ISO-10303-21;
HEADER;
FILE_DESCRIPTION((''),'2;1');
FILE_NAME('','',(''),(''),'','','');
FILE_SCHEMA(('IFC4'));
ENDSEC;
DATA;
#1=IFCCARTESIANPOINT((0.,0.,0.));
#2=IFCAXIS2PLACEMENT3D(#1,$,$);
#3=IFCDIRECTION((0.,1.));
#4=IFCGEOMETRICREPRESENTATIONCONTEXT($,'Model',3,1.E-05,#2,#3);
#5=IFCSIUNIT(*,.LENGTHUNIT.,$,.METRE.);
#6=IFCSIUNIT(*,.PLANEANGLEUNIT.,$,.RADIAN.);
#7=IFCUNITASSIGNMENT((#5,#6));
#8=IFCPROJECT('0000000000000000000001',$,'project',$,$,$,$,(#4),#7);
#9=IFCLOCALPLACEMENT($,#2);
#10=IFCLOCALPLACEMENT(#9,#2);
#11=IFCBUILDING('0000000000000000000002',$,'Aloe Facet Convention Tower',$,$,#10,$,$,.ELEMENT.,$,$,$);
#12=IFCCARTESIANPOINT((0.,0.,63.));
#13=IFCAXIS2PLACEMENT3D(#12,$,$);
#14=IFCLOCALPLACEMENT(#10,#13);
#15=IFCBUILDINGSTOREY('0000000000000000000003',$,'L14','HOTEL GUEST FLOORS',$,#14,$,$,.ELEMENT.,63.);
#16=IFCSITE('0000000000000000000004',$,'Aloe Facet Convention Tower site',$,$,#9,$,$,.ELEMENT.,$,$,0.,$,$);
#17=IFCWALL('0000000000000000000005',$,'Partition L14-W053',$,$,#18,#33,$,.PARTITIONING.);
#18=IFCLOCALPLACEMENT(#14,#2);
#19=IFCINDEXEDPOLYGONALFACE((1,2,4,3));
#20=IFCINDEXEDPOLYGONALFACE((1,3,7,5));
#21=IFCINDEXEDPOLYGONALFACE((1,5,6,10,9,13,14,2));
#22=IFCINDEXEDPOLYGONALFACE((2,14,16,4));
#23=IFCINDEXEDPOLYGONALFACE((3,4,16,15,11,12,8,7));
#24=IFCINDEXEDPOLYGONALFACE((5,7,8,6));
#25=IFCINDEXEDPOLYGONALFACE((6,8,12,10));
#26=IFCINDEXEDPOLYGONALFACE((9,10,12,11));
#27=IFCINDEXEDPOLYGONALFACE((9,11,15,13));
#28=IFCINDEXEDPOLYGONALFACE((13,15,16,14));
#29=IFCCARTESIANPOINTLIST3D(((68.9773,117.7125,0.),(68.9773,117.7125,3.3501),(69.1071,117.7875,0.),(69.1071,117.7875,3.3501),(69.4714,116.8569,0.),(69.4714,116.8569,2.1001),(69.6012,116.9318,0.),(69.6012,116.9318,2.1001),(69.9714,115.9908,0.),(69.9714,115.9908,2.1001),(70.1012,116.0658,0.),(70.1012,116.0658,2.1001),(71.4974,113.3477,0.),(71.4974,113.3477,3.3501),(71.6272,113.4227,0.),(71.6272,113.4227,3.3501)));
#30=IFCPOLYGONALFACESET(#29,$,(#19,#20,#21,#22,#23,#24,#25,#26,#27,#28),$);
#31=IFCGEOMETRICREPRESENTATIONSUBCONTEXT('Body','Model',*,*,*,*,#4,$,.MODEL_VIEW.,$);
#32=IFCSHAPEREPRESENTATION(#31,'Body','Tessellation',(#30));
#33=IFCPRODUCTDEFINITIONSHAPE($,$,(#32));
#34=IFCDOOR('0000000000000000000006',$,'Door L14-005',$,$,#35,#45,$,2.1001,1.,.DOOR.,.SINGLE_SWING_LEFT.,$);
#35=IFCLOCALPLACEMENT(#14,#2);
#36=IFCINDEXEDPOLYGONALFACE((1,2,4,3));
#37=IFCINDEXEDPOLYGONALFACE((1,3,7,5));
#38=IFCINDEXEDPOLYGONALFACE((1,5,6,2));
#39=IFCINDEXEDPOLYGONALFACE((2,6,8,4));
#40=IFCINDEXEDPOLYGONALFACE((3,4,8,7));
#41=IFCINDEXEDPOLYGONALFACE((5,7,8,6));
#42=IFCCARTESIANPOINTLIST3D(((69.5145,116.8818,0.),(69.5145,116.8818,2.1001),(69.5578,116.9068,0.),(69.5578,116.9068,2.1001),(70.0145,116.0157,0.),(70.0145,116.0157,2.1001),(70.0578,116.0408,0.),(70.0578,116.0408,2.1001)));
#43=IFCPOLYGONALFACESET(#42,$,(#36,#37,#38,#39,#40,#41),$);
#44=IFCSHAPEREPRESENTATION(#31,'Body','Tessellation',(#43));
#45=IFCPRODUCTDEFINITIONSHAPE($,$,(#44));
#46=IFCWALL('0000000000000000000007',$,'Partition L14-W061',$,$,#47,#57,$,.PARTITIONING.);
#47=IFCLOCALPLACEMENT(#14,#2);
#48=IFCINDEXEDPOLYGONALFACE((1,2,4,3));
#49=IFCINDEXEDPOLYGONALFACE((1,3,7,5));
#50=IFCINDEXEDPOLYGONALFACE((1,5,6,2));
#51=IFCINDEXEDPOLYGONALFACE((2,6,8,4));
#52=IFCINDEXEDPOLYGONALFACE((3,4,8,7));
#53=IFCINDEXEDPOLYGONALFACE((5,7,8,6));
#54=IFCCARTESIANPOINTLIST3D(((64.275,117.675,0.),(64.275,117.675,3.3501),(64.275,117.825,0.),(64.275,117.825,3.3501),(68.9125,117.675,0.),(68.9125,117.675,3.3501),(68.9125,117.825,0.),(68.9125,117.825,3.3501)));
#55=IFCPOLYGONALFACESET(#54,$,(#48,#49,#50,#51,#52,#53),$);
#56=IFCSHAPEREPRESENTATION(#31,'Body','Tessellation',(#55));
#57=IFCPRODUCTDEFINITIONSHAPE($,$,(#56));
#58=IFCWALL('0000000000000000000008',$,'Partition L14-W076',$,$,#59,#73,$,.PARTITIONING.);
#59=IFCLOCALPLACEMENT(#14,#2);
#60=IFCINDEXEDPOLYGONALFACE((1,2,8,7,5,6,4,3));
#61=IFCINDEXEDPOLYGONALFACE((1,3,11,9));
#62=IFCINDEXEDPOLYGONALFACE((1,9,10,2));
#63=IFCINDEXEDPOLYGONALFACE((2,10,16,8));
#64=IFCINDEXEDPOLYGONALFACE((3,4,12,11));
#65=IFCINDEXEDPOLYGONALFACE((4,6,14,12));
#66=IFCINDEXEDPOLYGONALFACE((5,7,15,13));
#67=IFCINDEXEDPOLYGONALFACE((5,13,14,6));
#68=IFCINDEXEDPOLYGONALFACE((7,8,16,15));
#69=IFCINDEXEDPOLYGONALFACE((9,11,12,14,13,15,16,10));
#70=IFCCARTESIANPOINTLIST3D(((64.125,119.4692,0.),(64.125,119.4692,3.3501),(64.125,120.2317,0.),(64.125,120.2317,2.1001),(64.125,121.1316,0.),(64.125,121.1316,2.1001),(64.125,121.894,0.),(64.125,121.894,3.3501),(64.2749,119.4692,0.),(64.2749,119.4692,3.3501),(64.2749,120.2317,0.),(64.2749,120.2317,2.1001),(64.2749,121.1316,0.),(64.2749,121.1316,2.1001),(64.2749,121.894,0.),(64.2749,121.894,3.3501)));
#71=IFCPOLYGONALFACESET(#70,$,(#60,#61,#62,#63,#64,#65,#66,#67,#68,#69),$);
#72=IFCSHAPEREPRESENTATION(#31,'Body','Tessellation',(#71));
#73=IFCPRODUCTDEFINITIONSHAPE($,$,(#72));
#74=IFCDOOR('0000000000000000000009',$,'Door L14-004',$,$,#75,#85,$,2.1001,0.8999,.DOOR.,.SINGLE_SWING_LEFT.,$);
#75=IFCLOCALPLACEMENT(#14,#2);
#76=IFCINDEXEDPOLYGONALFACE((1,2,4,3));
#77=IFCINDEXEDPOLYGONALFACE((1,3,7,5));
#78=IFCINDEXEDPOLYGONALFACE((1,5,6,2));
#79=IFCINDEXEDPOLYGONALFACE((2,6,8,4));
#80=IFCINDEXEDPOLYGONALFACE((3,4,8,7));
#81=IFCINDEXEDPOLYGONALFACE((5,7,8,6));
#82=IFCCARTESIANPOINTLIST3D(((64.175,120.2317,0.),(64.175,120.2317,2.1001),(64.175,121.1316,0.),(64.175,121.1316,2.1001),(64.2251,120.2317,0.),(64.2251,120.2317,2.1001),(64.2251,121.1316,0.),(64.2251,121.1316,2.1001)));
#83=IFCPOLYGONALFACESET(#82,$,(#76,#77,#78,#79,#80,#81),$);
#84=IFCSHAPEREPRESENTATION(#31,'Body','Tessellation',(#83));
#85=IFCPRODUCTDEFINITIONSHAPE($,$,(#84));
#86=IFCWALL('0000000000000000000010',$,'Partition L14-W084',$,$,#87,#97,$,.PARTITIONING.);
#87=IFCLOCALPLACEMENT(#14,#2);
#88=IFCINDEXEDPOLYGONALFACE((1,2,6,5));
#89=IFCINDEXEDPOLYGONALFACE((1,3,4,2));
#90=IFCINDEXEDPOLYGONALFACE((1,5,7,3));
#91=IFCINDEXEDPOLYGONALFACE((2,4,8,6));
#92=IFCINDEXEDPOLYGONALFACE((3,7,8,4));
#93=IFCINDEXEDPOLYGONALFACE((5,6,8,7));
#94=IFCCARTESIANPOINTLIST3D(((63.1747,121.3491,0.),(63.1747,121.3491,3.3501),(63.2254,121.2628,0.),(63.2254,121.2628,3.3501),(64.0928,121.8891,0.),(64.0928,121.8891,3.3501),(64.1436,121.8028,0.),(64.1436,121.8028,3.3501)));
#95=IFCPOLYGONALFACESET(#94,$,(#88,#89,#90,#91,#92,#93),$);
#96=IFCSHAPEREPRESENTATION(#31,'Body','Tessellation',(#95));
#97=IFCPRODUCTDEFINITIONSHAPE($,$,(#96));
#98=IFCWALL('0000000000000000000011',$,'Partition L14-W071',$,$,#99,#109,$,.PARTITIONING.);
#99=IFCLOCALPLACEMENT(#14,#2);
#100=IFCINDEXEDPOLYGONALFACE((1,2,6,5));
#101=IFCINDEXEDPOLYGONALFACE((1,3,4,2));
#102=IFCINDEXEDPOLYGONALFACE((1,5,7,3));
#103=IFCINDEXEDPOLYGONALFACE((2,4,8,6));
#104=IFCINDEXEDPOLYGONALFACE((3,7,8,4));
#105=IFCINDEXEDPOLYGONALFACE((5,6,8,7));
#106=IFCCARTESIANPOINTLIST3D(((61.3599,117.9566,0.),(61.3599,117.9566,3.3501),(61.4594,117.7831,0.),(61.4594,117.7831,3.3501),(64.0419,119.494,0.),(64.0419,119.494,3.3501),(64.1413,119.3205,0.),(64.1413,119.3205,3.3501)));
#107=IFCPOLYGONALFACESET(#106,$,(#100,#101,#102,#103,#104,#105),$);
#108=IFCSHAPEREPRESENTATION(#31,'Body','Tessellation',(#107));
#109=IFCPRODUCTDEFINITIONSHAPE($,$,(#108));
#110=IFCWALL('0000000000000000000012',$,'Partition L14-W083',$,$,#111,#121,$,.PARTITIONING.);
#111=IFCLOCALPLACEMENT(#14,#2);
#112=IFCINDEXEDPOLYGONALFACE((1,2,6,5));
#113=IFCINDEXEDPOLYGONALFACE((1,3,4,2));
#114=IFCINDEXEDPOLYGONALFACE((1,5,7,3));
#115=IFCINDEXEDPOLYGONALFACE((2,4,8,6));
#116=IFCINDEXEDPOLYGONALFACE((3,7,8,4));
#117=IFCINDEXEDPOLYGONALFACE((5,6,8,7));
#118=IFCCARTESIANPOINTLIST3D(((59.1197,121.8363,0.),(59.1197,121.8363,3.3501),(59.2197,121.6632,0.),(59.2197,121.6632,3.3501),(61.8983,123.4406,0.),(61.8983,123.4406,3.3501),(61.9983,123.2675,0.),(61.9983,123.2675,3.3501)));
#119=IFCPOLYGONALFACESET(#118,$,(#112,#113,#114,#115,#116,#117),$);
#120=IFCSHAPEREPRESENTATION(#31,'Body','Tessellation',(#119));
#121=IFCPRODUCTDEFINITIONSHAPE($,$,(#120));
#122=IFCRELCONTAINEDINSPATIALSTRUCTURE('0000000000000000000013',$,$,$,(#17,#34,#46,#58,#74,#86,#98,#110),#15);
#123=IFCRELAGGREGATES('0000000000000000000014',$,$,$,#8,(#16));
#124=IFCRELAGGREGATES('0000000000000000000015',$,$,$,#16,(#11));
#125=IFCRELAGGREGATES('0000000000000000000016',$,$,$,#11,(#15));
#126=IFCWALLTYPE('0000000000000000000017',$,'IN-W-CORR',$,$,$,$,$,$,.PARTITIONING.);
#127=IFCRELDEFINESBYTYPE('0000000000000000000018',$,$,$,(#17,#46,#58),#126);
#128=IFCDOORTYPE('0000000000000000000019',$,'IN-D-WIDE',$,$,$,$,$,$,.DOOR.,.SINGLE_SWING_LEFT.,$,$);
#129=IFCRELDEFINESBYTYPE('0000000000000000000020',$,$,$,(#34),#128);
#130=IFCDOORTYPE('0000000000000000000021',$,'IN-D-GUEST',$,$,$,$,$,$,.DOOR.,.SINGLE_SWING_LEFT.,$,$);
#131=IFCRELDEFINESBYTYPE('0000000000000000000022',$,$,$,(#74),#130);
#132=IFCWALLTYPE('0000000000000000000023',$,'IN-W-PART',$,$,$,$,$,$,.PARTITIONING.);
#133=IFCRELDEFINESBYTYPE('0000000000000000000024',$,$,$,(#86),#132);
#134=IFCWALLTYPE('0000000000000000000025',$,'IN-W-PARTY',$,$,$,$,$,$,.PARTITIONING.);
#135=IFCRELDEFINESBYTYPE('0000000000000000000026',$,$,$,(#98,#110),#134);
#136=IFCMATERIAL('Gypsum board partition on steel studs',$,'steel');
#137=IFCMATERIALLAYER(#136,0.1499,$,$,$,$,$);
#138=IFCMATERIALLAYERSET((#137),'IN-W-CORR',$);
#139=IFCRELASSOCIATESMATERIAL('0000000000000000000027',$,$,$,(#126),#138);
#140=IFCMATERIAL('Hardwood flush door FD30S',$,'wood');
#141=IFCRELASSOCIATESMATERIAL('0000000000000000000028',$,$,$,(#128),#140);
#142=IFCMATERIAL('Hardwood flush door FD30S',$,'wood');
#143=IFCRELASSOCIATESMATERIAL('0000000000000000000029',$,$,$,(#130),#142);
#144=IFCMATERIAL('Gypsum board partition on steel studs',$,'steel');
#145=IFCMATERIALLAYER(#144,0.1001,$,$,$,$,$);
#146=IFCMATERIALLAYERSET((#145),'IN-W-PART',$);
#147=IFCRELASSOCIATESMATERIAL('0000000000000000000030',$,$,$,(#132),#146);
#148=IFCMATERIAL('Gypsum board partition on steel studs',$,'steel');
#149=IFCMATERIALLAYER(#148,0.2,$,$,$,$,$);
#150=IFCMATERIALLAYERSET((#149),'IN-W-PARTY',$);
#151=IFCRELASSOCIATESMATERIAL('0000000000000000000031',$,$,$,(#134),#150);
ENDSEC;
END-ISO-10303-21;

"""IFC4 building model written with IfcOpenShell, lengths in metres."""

from ifc_helpers import new_model, si_unit, direction, frame, frame_2d, origin, place, context, subcontext, project, spatial, rectangle, extrude, material, layer, layer_set, type_object, element, fill, save


model = new_model("IFC4")

# Units and contexts
model_context = context("Model", 3, precision=1e-05, world=origin(), true_north=direction((0.0, 1.0)))
body_context = subcontext(model_context, "Body", "Model", "MODEL_VIEW")
ifc_project = project(units=[si_unit("LENGTHUNIT", "METRE"), si_unit("PLANEANGLEUNIT", "RADIAN")], contexts=[model_context])

# Site, building, storey
site_placement = place(None, origin())
site = spatial("IfcSite", under=ifc_project, at=site_placement, Name="Aloe Facet Convention Tower site", CompositionType="ELEMENT", RefElevation=0.0)
building_placement = place(site_placement, origin())
building = spatial("IfcBuilding", under=site, at=building_placement, Name="Aloe Facet Convention Tower", CompositionType="ELEMENT")
storey_placement = place(building_placement, frame((0.0, 0.0, 63.0)))
storey = spatial("IfcBuildingStorey", under=building, at=storey_placement, Name="L14", Description="HOTEL GUEST FLOORS", CompositionType="ELEMENT", Elevation=63.0)

# Wall, opening, door
ifc_material_1 = material(Name="Gypsum board partition on steel studs", Category="steel")
ifc_layer_1 = layer(ifc_material_1, 0.1499)
ifc_layer_set_1 = layer_set([ifc_layer_1], Name="IN-W-CORR")
wall_type_1 = type_object("IfcWallType", Name="IN-W-CORR", PredefinedType="PARTITIONING", material=ifc_layer_set_1)
wall_1_placement = place(storey_placement, frame((69.0422, 117.75, 0.0), z_axis=(0.0, 0.0, 1.0), x_axis=(0.500005, -0.866023, 0.0)))
wall_1 = element("IfcWall", 1, at=wall_1_placement, inside=storey, type_object=wall_type_1, Name="Partition L14-W053", PredefinedType="PARTITIONING", context=body_context, shape_type="SweptSolid", body=[
    extrude(rectangle(XDim=5.04, YDim=0.1499, at=frame_2d((2.52, 0.0))), origin(), (0.0, 0.0, 1.0), 3.3501),
])
opening_1_placement = place(wall_1_placement, frame((0.988, 0.0, 0.0)))
opening_1 = element("IfcOpeningElement", 2, at=opening_1_placement, cuts=wall_1, PredefinedType="OPENING", context=body_context, shape_type="SweptSolid", body=[
    extrude(rectangle(XDim=1.0, YDim=2.1001, at=frame_2d((0.5, 1.05))), frame((0.0, 0.085, 0.0), z_axis=(0.0, -1.0, 0.0), x_axis=(1.0, 0.0, 0.0)), (0.0, 0.0, 1.0), 0.1699),
])
ifc_material_2 = material(Name="Hardwood flush door FD30S", Category="wood")
door_type_1 = type_object("IfcDoorType", Name="IN-D-WIDE", OperationType="SINGLE_SWING_LEFT", PredefinedType="DOOR", material=ifc_material_2)
door_1_placement = place(opening_1_placement, origin())
door_1 = element("IfcDoor", 3, at=door_1_placement, inside=storey, type_object=door_type_1, Name="Door L14-005", OperationType="SINGLE_SWING_LEFT", OverallHeight=2.1001, OverallWidth=1.0, PredefinedType="DOOR", context=body_context, shape_type="SweptSolid", body=[
    extrude(rectangle(XDim=1.0, YDim=2.1001, at=frame_2d((0.5, 1.05))), frame((0.0, 0.0249, 0.0), z_axis=(0.0, -1.0, 0.0), x_axis=(1.0, 0.0, 0.0)), (0.0, 0.0, 1.0), 0.05),
])
fill(opening_1, door_1)

# Wall
wall_2_placement = place(storey_placement, frame((64.2749, 117.75, 0.0), z_axis=(0.0, 0.0, 1.0), x_axis=(1.0, 0.0, 0.0)))
element("IfcWall", 4, at=wall_2_placement, inside=storey, type_object=wall_type_1, Name="Partition L14-W061", PredefinedType="PARTITIONING", context=body_context, shape_type="SweptSolid", body=[
    extrude(rectangle(XDim=4.6375, YDim=0.1499, at=frame_2d((2.3188, 0.0))), origin(), (0.0, 0.0, 1.0), 3.3501),
])

# Wall, opening, door
wall_3_placement = place(storey_placement, frame((64.2, 119.4692, 0.0), z_axis=(0.0, 0.0, 1.0), x_axis=(0.0, 1.0, 0.0)))
wall_3 = element("IfcWall", 5, at=wall_3_placement, inside=storey, type_object=wall_type_1, Name="Partition L14-W076", PredefinedType="PARTITIONING", context=body_context, shape_type="SweptSolid", body=[
    extrude(rectangle(XDim=2.4248, YDim=0.1499, at=frame_2d((1.2124, 0.0))), origin(), (0.0, 0.0, 1.0), 3.3501),
])
opening_2_placement = place(wall_3_placement, frame((0.7625, 0.0, 0.0)))
opening_2 = element("IfcOpeningElement", 6, at=opening_2_placement, cuts=wall_3, PredefinedType="OPENING", context=body_context, shape_type="SweptSolid", body=[
    extrude(rectangle(XDim=0.8999, YDim=2.1001, at=frame_2d((0.45, 1.05))), frame((0.0, 0.085, 0.0), z_axis=(0.0, -1.0, 0.0), x_axis=(1.0, 0.0, 0.0)), (0.0, 0.0, 1.0), 0.1699),
])
ifc_material_3 = material(Name="Hardwood flush door FD30S", Category="wood")
door_type_2 = type_object("IfcDoorType", Name="IN-D-GUEST", OperationType="SINGLE_SWING_LEFT", PredefinedType="DOOR", material=ifc_material_3)
door_2_placement = place(opening_2_placement, origin())
door_2 = element("IfcDoor", 7, at=door_2_placement, inside=storey, type_object=door_type_2, Name="Door L14-004", OperationType="SINGLE_SWING_LEFT", OverallHeight=2.1001, OverallWidth=0.8999, PredefinedType="DOOR", context=body_context, shape_type="SweptSolid", body=[
    extrude(rectangle(XDim=0.8999, YDim=2.1001, at=frame_2d((0.45, 1.05))), frame((0.0, 0.0249, 0.0), z_axis=(0.0, -1.0, 0.0), x_axis=(1.0, 0.0, 0.0)), (0.0, 0.0, 1.0), 0.05),
])
fill(opening_2, door_2)

# Walls
ifc_material_4 = material(Name="Gypsum board partition on steel studs", Category="steel")
ifc_layer_2 = layer(ifc_material_4, 0.1001)
ifc_layer_set_2 = layer_set([ifc_layer_2], Name="IN-W-PART")
wall_type_2 = type_object("IfcWallType", Name="IN-W-PART", PredefinedType="PARTITIONING", material=ifc_layer_set_2)
wall_4_placement = place(storey_placement, frame((63.2, 121.3059, 0.0), z_axis=(0.0, 0.0, 1.0), x_axis=(0.86197, 0.50696, 0.0)))
element("IfcWall", 8, at=wall_4_placement, inside=storey, type_object=wall_type_2, Name="Partition L14-W084", PredefinedType="PARTITIONING", context=body_context, shape_type="SweptSolid", body=[
    extrude(rectangle(XDim=1.0652, YDim=0.1001, at=frame_2d((0.5327, 0.0))), origin(), (0.0, 0.0, 1.0), 3.3501),
])
ifc_material_5 = material(Name="Gypsum board partition on steel studs", Category="steel")
ifc_layer_3 = layer(ifc_material_5, 0.2)
ifc_layer_set_3 = layer_set([ifc_layer_3], Name="IN-W-PARTY")
wall_type_3 = type_object("IfcWallType", Name="IN-W-PARTY", PredefinedType="PARTITIONING", material=ifc_layer_set_3)
wall_5_placement = place(storey_placement, frame((61.4097, 117.8699, 0.0), z_axis=(0.0, 0.0, 1.0), x_axis=(0.867567, 0.497321, 0.0)))
element("IfcWall", 9, at=wall_5_placement, inside=storey, type_object=wall_type_3, Name="Partition L14-W071", PredefinedType="PARTITIONING", context=body_context, shape_type="SweptSolid", body=[
    extrude(rectangle(XDim=3.0913, YDim=0.2, at=frame_2d((1.5457, 0.0))), origin(), (0.0, 0.0, 1.0), 3.3501),
])
wall_6_placement = place(storey_placement, frame((59.1697, 121.7498, 0.0), z_axis=(0.0, 0.0, 1.0), x_axis=(0.86602, 0.50001, 0.0)))
element("IfcWall", 10, at=wall_6_placement, inside=storey, type_object=wall_type_3, Name="Partition L14-W083", PredefinedType="PARTITIONING", context=body_context, shape_type="SweptSolid", body=[
    extrude(rectangle(XDim=3.2085, YDim=0.2, at=frame_2d((1.6042, 0.0))), origin(), (0.0, 0.0, 1.0), 3.3501),
])

save(model, "model.ifc")
